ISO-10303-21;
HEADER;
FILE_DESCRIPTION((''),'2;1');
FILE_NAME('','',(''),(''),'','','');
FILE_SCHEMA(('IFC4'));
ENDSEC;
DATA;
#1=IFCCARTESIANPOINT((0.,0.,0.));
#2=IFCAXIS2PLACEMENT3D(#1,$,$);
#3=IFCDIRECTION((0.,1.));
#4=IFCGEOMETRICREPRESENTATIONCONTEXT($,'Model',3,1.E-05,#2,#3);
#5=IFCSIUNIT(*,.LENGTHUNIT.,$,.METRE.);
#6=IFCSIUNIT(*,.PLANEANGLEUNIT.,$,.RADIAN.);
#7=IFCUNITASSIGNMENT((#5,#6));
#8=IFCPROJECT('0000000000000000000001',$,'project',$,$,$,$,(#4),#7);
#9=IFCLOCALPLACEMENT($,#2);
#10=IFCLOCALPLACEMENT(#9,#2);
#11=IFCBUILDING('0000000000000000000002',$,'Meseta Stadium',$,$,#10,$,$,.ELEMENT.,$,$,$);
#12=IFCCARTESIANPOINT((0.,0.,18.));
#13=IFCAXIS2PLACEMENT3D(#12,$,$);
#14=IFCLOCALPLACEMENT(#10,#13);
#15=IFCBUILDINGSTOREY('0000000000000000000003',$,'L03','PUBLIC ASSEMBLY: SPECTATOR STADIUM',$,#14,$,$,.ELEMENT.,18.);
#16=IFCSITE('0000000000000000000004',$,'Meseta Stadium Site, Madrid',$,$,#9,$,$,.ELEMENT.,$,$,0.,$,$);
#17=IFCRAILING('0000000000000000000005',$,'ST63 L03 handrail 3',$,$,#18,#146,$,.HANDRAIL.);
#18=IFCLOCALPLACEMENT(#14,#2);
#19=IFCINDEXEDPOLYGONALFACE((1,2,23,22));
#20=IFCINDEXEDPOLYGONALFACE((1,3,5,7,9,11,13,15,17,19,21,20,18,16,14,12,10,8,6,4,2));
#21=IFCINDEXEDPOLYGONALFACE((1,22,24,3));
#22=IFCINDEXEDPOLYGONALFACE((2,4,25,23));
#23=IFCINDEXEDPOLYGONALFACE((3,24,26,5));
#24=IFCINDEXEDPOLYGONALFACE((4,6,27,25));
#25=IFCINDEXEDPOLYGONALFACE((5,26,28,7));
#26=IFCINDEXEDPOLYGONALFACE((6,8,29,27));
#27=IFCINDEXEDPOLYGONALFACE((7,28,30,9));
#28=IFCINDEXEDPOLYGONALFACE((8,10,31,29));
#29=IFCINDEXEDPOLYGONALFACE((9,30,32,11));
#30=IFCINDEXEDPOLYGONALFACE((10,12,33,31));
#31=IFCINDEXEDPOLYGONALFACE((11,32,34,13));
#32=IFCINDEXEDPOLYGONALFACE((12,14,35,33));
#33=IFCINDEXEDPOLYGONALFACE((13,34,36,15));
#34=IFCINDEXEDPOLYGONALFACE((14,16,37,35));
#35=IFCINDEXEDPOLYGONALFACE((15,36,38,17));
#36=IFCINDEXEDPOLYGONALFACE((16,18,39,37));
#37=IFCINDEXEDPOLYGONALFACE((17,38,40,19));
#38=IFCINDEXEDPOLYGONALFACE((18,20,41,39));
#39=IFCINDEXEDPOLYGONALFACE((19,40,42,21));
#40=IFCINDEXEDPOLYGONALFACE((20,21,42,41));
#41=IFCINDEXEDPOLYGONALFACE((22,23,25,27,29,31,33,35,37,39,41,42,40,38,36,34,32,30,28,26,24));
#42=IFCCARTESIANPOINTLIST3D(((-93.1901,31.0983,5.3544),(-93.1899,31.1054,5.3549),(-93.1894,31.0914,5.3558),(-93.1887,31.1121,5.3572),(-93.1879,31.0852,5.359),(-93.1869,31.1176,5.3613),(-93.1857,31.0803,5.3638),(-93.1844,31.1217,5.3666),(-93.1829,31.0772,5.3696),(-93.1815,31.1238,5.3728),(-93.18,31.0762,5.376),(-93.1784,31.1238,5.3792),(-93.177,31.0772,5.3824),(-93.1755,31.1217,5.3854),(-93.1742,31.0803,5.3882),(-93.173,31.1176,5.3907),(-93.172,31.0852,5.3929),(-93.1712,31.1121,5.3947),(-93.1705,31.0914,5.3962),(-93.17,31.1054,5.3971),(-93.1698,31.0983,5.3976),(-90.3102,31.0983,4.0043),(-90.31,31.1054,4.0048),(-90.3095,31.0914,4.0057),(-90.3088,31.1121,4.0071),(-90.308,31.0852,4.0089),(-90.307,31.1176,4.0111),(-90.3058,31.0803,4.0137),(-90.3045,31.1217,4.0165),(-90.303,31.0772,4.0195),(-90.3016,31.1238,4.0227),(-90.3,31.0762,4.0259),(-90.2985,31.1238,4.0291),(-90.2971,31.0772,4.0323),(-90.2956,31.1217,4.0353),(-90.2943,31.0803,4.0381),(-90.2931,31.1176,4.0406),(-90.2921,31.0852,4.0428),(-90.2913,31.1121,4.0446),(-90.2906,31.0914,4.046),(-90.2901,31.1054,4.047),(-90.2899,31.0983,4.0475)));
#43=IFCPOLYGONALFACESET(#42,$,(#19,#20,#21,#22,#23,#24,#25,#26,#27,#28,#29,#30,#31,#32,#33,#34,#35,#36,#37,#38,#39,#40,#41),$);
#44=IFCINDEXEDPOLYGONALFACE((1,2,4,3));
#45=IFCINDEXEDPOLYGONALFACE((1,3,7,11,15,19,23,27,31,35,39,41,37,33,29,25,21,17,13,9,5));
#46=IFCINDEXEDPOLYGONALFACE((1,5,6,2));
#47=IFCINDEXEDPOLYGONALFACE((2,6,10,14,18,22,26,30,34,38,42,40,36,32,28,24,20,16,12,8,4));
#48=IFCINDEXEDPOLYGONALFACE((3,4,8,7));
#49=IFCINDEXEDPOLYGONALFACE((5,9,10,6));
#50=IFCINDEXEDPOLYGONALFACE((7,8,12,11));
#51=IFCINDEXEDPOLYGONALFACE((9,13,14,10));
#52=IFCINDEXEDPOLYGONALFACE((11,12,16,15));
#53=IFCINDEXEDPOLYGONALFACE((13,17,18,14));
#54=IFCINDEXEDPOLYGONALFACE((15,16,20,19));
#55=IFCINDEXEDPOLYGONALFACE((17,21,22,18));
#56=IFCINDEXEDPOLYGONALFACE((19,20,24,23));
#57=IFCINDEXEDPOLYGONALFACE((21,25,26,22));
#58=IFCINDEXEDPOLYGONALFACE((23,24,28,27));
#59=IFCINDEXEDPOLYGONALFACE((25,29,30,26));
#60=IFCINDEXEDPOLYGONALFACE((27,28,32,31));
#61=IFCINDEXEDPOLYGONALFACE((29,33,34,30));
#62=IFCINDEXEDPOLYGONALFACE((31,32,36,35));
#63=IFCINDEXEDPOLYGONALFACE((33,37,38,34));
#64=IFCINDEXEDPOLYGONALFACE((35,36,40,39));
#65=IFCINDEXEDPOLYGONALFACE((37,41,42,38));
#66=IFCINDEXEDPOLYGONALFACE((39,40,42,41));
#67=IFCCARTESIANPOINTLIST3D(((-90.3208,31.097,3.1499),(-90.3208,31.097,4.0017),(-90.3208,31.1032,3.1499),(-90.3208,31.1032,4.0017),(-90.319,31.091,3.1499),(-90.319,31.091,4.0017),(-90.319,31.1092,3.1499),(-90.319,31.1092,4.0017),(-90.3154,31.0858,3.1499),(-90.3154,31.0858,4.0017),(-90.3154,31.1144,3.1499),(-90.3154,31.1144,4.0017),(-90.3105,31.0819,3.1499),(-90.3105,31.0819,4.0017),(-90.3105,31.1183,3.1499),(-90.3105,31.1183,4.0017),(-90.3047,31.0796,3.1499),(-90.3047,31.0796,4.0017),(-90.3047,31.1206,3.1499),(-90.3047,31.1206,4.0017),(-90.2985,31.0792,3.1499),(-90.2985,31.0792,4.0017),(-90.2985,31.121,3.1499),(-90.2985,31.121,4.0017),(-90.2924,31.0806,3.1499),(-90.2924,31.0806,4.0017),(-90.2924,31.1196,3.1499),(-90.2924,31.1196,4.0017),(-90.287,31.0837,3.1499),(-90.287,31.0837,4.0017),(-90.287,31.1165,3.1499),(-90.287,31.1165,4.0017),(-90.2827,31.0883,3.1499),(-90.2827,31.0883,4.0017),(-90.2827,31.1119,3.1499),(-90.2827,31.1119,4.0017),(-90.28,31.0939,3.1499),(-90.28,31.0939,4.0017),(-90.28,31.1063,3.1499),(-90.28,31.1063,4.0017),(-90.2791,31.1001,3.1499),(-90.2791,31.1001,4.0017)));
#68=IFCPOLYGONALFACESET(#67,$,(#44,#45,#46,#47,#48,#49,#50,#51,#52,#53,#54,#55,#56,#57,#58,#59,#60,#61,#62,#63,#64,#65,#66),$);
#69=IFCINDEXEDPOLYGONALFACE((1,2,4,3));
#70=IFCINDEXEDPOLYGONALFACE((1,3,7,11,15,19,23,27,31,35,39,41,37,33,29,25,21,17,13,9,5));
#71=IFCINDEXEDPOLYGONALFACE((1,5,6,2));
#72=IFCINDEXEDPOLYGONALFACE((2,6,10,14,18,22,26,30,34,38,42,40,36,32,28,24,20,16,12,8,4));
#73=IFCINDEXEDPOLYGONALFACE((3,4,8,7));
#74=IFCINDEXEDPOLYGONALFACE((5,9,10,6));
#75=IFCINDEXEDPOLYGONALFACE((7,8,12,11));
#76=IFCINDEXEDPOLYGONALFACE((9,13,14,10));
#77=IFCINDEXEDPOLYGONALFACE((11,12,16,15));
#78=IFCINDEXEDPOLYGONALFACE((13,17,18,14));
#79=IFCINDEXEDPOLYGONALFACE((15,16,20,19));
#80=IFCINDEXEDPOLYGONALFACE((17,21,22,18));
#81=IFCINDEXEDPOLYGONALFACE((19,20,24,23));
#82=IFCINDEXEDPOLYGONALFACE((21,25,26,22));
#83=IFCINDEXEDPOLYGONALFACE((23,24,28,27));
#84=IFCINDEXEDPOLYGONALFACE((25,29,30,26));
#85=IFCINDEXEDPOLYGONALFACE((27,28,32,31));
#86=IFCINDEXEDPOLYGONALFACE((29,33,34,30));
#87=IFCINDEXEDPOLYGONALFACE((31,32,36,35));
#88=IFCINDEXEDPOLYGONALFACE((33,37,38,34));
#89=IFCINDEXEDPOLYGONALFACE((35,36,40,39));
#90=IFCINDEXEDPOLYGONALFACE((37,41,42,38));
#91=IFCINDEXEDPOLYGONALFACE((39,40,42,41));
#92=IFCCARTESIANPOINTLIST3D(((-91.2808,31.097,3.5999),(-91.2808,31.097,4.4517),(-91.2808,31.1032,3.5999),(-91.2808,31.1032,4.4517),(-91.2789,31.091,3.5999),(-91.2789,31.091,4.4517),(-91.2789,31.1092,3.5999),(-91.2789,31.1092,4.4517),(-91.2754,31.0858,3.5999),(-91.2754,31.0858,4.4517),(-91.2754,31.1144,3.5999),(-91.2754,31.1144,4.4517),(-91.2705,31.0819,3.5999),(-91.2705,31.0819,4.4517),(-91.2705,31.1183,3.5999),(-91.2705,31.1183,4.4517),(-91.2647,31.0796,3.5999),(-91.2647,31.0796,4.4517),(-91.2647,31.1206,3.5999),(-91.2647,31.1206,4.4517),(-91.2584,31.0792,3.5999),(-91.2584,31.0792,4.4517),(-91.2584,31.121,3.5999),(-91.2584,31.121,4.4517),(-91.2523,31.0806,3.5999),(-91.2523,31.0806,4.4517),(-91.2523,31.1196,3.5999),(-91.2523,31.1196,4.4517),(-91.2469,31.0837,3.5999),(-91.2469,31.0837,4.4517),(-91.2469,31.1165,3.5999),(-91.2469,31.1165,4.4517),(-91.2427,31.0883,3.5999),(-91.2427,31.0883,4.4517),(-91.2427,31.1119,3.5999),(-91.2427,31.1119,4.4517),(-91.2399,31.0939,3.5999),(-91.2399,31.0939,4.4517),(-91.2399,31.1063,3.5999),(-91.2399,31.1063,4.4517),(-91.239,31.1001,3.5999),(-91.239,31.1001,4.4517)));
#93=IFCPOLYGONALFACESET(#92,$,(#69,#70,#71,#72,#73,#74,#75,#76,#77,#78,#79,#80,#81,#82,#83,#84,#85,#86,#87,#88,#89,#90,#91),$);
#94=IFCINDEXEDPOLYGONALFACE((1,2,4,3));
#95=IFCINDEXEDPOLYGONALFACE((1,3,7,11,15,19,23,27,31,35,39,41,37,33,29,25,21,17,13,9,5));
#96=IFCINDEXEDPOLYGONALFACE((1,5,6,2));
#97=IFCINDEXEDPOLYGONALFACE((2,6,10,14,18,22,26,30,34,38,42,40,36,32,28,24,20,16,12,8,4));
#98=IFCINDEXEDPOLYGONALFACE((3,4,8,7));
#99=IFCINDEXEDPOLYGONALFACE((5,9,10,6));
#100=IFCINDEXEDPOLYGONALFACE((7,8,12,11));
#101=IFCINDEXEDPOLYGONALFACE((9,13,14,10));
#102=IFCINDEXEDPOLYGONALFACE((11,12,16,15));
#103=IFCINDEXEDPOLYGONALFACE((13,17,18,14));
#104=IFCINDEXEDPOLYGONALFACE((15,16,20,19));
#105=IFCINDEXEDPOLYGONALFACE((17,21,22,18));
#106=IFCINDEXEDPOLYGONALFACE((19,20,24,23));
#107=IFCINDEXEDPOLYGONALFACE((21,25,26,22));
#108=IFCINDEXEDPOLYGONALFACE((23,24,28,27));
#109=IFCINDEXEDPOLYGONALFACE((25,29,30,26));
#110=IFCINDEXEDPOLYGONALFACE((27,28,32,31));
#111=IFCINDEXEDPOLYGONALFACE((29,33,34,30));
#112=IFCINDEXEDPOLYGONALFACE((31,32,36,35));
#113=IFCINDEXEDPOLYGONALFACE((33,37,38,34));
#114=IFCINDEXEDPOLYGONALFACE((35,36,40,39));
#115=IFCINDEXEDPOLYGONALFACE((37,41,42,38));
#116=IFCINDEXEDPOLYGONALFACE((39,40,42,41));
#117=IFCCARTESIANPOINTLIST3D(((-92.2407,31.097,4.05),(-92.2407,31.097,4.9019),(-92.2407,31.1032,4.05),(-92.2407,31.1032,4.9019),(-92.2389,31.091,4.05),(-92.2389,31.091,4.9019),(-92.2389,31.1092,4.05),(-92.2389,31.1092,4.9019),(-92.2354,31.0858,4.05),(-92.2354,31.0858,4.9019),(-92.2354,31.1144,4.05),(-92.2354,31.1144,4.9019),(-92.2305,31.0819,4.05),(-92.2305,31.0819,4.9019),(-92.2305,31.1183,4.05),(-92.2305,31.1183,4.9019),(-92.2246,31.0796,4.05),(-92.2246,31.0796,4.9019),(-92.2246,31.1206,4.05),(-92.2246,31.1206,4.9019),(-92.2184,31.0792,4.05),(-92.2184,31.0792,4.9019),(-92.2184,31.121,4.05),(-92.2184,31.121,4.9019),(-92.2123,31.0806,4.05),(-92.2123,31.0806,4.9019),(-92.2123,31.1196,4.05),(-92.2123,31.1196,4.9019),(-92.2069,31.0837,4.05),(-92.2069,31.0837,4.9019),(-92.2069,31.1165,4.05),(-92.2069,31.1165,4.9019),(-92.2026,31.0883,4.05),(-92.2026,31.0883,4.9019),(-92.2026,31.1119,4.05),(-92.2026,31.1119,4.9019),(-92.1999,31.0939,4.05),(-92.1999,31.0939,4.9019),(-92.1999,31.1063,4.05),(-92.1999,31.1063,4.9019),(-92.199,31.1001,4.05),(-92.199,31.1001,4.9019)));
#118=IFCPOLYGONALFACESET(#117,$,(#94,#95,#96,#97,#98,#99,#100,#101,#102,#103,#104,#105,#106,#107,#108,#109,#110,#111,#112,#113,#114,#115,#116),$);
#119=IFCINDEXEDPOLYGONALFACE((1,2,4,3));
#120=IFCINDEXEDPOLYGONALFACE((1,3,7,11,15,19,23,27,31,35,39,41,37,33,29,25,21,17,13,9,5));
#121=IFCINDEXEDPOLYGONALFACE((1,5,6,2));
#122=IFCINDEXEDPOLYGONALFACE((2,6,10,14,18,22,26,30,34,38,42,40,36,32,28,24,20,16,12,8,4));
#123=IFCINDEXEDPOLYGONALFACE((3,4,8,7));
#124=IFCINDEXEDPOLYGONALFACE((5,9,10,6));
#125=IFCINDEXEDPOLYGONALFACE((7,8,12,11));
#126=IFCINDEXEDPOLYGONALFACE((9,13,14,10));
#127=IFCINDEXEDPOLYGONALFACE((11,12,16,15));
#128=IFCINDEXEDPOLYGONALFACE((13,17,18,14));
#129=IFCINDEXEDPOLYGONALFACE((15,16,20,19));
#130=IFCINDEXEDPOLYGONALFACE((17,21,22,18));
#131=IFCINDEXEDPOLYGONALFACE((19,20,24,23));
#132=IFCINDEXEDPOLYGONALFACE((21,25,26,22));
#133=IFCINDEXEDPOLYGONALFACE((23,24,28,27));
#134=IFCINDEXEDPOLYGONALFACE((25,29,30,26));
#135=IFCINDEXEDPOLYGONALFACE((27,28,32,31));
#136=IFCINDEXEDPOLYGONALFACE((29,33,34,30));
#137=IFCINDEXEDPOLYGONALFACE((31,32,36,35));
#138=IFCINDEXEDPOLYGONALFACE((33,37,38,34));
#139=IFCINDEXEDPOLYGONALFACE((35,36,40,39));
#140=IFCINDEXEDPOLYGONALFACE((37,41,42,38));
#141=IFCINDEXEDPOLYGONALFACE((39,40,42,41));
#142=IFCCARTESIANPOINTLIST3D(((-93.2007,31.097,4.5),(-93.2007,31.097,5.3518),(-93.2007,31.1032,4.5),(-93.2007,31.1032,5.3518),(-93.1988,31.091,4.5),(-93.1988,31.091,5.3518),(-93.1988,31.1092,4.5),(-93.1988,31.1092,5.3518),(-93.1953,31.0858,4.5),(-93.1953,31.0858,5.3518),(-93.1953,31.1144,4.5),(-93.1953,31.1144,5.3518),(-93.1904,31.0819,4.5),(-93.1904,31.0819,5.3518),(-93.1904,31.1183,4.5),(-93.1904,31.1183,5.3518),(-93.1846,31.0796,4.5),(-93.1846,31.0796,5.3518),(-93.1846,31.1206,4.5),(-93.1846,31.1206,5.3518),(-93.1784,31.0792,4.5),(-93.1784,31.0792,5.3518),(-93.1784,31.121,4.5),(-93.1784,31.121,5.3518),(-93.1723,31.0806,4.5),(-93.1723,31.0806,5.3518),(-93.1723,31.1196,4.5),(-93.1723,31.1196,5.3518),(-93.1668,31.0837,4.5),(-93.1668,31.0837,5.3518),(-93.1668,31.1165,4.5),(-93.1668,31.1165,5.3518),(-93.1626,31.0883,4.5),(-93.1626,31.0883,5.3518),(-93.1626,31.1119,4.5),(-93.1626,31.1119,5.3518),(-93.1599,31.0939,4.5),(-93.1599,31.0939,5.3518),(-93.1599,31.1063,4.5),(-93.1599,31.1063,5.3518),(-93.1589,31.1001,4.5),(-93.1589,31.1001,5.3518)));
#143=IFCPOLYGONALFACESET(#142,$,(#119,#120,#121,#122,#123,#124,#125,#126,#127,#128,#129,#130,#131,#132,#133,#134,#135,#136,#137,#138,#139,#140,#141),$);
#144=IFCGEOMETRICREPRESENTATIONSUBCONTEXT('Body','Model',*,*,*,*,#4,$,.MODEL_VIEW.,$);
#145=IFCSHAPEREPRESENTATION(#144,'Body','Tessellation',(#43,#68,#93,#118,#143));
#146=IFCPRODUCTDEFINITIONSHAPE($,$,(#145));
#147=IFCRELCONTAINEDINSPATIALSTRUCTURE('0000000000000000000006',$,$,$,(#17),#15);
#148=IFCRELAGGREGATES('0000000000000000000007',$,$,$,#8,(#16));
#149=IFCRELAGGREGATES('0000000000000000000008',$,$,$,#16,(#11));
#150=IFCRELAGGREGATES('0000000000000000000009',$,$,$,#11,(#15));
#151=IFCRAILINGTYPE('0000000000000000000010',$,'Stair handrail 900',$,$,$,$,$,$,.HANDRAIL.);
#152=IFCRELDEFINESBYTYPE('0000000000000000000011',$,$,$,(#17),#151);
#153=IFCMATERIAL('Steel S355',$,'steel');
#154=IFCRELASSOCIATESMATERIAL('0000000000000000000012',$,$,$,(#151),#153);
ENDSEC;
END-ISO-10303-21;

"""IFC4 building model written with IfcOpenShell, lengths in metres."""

from ifc_helpers import new_model, si_unit, direction, frame, origin, origin_2d, place, context, subcontext, project, spatial, circle, extrude, material, type_object, element, save


model = new_model("IFC4")

# Units and contexts
model_context = context("Model", 3, precision=1e-05, world=origin(), true_north=direction((0.0, 1.0)))
body_context = subcontext(model_context, "Body", "Model", "MODEL_VIEW")
ifc_project = project(units=[si_unit("LENGTHUNIT", "METRE"), si_unit("PLANEANGLEUNIT", "RADIAN")], contexts=[model_context])

# Site, building, storey
site_placement = place(None, origin())
site = spatial("IfcSite", under=ifc_project, at=site_placement, Name="Meseta Stadium Site, Madrid", CompositionType="ELEMENT", RefElevation=0.0)
building_placement = place(site_placement, origin())
building = spatial("IfcBuilding", under=site, at=building_placement, Name="Meseta Stadium", CompositionType="ELEMENT")
storey_placement = place(building_placement, frame((0.0, 0.0, 18.0)))
storey = spatial("IfcBuildingStorey", under=building, at=storey_placement, Name="L03", Description="PUBLIC ASSEMBLY: SPECTATOR STADIUM", CompositionType="ELEMENT", Elevation=18.0)

# Railing
ifc_material_1 = material(Name="Steel S355", Category="steel")
railing_type_1 = type_object("IfcRailingType", Name="Stair handrail 900", PredefinedType="HANDRAIL", material=ifc_material_1)
for number, where, name in (
    (1, (-90.3, 31.1001, 3.1499), "ST63 L03 handrail 3"),
):
    element("IfcRailing", number, at=place(storey_placement, frame(where)), inside=storey, type_object=railing_type_1, Name=name, PredefinedType="HANDRAIL", context=body_context, shape_type="SweptSolid", body=[
        extrude(circle(Radius=0.0239, at=origin_2d()), frame((0.0, 0.0, 0.876), z_axis=(-0.90544, 0.0, 0.424473), x_axis=(0.0, -1.0, 0.0)), (0.0, 0.0, 1.0), 3.1807),
        extrude(circle(Radius=0.021, at=origin_2d()), origin(), (0.0, 0.0, 1.0), 0.8518),
        extrude(circle(Radius=0.021, at=origin_2d()), frame((-0.96, 0.0, 0.45)), (0.0, 0.0, 1.0), 0.8518),
        extrude(circle(Radius=0.021, at=origin_2d()), frame((-1.9199, 0.0, 0.9001)), (0.0, 0.0, 1.0), 0.8518),
        extrude(circle(Radius=0.021, at=origin_2d()), frame((-2.8799, 0.0, 1.3501)), (0.0, 0.0, 1.0), 0.8518),
    ])

save(model, "model.ifc")
